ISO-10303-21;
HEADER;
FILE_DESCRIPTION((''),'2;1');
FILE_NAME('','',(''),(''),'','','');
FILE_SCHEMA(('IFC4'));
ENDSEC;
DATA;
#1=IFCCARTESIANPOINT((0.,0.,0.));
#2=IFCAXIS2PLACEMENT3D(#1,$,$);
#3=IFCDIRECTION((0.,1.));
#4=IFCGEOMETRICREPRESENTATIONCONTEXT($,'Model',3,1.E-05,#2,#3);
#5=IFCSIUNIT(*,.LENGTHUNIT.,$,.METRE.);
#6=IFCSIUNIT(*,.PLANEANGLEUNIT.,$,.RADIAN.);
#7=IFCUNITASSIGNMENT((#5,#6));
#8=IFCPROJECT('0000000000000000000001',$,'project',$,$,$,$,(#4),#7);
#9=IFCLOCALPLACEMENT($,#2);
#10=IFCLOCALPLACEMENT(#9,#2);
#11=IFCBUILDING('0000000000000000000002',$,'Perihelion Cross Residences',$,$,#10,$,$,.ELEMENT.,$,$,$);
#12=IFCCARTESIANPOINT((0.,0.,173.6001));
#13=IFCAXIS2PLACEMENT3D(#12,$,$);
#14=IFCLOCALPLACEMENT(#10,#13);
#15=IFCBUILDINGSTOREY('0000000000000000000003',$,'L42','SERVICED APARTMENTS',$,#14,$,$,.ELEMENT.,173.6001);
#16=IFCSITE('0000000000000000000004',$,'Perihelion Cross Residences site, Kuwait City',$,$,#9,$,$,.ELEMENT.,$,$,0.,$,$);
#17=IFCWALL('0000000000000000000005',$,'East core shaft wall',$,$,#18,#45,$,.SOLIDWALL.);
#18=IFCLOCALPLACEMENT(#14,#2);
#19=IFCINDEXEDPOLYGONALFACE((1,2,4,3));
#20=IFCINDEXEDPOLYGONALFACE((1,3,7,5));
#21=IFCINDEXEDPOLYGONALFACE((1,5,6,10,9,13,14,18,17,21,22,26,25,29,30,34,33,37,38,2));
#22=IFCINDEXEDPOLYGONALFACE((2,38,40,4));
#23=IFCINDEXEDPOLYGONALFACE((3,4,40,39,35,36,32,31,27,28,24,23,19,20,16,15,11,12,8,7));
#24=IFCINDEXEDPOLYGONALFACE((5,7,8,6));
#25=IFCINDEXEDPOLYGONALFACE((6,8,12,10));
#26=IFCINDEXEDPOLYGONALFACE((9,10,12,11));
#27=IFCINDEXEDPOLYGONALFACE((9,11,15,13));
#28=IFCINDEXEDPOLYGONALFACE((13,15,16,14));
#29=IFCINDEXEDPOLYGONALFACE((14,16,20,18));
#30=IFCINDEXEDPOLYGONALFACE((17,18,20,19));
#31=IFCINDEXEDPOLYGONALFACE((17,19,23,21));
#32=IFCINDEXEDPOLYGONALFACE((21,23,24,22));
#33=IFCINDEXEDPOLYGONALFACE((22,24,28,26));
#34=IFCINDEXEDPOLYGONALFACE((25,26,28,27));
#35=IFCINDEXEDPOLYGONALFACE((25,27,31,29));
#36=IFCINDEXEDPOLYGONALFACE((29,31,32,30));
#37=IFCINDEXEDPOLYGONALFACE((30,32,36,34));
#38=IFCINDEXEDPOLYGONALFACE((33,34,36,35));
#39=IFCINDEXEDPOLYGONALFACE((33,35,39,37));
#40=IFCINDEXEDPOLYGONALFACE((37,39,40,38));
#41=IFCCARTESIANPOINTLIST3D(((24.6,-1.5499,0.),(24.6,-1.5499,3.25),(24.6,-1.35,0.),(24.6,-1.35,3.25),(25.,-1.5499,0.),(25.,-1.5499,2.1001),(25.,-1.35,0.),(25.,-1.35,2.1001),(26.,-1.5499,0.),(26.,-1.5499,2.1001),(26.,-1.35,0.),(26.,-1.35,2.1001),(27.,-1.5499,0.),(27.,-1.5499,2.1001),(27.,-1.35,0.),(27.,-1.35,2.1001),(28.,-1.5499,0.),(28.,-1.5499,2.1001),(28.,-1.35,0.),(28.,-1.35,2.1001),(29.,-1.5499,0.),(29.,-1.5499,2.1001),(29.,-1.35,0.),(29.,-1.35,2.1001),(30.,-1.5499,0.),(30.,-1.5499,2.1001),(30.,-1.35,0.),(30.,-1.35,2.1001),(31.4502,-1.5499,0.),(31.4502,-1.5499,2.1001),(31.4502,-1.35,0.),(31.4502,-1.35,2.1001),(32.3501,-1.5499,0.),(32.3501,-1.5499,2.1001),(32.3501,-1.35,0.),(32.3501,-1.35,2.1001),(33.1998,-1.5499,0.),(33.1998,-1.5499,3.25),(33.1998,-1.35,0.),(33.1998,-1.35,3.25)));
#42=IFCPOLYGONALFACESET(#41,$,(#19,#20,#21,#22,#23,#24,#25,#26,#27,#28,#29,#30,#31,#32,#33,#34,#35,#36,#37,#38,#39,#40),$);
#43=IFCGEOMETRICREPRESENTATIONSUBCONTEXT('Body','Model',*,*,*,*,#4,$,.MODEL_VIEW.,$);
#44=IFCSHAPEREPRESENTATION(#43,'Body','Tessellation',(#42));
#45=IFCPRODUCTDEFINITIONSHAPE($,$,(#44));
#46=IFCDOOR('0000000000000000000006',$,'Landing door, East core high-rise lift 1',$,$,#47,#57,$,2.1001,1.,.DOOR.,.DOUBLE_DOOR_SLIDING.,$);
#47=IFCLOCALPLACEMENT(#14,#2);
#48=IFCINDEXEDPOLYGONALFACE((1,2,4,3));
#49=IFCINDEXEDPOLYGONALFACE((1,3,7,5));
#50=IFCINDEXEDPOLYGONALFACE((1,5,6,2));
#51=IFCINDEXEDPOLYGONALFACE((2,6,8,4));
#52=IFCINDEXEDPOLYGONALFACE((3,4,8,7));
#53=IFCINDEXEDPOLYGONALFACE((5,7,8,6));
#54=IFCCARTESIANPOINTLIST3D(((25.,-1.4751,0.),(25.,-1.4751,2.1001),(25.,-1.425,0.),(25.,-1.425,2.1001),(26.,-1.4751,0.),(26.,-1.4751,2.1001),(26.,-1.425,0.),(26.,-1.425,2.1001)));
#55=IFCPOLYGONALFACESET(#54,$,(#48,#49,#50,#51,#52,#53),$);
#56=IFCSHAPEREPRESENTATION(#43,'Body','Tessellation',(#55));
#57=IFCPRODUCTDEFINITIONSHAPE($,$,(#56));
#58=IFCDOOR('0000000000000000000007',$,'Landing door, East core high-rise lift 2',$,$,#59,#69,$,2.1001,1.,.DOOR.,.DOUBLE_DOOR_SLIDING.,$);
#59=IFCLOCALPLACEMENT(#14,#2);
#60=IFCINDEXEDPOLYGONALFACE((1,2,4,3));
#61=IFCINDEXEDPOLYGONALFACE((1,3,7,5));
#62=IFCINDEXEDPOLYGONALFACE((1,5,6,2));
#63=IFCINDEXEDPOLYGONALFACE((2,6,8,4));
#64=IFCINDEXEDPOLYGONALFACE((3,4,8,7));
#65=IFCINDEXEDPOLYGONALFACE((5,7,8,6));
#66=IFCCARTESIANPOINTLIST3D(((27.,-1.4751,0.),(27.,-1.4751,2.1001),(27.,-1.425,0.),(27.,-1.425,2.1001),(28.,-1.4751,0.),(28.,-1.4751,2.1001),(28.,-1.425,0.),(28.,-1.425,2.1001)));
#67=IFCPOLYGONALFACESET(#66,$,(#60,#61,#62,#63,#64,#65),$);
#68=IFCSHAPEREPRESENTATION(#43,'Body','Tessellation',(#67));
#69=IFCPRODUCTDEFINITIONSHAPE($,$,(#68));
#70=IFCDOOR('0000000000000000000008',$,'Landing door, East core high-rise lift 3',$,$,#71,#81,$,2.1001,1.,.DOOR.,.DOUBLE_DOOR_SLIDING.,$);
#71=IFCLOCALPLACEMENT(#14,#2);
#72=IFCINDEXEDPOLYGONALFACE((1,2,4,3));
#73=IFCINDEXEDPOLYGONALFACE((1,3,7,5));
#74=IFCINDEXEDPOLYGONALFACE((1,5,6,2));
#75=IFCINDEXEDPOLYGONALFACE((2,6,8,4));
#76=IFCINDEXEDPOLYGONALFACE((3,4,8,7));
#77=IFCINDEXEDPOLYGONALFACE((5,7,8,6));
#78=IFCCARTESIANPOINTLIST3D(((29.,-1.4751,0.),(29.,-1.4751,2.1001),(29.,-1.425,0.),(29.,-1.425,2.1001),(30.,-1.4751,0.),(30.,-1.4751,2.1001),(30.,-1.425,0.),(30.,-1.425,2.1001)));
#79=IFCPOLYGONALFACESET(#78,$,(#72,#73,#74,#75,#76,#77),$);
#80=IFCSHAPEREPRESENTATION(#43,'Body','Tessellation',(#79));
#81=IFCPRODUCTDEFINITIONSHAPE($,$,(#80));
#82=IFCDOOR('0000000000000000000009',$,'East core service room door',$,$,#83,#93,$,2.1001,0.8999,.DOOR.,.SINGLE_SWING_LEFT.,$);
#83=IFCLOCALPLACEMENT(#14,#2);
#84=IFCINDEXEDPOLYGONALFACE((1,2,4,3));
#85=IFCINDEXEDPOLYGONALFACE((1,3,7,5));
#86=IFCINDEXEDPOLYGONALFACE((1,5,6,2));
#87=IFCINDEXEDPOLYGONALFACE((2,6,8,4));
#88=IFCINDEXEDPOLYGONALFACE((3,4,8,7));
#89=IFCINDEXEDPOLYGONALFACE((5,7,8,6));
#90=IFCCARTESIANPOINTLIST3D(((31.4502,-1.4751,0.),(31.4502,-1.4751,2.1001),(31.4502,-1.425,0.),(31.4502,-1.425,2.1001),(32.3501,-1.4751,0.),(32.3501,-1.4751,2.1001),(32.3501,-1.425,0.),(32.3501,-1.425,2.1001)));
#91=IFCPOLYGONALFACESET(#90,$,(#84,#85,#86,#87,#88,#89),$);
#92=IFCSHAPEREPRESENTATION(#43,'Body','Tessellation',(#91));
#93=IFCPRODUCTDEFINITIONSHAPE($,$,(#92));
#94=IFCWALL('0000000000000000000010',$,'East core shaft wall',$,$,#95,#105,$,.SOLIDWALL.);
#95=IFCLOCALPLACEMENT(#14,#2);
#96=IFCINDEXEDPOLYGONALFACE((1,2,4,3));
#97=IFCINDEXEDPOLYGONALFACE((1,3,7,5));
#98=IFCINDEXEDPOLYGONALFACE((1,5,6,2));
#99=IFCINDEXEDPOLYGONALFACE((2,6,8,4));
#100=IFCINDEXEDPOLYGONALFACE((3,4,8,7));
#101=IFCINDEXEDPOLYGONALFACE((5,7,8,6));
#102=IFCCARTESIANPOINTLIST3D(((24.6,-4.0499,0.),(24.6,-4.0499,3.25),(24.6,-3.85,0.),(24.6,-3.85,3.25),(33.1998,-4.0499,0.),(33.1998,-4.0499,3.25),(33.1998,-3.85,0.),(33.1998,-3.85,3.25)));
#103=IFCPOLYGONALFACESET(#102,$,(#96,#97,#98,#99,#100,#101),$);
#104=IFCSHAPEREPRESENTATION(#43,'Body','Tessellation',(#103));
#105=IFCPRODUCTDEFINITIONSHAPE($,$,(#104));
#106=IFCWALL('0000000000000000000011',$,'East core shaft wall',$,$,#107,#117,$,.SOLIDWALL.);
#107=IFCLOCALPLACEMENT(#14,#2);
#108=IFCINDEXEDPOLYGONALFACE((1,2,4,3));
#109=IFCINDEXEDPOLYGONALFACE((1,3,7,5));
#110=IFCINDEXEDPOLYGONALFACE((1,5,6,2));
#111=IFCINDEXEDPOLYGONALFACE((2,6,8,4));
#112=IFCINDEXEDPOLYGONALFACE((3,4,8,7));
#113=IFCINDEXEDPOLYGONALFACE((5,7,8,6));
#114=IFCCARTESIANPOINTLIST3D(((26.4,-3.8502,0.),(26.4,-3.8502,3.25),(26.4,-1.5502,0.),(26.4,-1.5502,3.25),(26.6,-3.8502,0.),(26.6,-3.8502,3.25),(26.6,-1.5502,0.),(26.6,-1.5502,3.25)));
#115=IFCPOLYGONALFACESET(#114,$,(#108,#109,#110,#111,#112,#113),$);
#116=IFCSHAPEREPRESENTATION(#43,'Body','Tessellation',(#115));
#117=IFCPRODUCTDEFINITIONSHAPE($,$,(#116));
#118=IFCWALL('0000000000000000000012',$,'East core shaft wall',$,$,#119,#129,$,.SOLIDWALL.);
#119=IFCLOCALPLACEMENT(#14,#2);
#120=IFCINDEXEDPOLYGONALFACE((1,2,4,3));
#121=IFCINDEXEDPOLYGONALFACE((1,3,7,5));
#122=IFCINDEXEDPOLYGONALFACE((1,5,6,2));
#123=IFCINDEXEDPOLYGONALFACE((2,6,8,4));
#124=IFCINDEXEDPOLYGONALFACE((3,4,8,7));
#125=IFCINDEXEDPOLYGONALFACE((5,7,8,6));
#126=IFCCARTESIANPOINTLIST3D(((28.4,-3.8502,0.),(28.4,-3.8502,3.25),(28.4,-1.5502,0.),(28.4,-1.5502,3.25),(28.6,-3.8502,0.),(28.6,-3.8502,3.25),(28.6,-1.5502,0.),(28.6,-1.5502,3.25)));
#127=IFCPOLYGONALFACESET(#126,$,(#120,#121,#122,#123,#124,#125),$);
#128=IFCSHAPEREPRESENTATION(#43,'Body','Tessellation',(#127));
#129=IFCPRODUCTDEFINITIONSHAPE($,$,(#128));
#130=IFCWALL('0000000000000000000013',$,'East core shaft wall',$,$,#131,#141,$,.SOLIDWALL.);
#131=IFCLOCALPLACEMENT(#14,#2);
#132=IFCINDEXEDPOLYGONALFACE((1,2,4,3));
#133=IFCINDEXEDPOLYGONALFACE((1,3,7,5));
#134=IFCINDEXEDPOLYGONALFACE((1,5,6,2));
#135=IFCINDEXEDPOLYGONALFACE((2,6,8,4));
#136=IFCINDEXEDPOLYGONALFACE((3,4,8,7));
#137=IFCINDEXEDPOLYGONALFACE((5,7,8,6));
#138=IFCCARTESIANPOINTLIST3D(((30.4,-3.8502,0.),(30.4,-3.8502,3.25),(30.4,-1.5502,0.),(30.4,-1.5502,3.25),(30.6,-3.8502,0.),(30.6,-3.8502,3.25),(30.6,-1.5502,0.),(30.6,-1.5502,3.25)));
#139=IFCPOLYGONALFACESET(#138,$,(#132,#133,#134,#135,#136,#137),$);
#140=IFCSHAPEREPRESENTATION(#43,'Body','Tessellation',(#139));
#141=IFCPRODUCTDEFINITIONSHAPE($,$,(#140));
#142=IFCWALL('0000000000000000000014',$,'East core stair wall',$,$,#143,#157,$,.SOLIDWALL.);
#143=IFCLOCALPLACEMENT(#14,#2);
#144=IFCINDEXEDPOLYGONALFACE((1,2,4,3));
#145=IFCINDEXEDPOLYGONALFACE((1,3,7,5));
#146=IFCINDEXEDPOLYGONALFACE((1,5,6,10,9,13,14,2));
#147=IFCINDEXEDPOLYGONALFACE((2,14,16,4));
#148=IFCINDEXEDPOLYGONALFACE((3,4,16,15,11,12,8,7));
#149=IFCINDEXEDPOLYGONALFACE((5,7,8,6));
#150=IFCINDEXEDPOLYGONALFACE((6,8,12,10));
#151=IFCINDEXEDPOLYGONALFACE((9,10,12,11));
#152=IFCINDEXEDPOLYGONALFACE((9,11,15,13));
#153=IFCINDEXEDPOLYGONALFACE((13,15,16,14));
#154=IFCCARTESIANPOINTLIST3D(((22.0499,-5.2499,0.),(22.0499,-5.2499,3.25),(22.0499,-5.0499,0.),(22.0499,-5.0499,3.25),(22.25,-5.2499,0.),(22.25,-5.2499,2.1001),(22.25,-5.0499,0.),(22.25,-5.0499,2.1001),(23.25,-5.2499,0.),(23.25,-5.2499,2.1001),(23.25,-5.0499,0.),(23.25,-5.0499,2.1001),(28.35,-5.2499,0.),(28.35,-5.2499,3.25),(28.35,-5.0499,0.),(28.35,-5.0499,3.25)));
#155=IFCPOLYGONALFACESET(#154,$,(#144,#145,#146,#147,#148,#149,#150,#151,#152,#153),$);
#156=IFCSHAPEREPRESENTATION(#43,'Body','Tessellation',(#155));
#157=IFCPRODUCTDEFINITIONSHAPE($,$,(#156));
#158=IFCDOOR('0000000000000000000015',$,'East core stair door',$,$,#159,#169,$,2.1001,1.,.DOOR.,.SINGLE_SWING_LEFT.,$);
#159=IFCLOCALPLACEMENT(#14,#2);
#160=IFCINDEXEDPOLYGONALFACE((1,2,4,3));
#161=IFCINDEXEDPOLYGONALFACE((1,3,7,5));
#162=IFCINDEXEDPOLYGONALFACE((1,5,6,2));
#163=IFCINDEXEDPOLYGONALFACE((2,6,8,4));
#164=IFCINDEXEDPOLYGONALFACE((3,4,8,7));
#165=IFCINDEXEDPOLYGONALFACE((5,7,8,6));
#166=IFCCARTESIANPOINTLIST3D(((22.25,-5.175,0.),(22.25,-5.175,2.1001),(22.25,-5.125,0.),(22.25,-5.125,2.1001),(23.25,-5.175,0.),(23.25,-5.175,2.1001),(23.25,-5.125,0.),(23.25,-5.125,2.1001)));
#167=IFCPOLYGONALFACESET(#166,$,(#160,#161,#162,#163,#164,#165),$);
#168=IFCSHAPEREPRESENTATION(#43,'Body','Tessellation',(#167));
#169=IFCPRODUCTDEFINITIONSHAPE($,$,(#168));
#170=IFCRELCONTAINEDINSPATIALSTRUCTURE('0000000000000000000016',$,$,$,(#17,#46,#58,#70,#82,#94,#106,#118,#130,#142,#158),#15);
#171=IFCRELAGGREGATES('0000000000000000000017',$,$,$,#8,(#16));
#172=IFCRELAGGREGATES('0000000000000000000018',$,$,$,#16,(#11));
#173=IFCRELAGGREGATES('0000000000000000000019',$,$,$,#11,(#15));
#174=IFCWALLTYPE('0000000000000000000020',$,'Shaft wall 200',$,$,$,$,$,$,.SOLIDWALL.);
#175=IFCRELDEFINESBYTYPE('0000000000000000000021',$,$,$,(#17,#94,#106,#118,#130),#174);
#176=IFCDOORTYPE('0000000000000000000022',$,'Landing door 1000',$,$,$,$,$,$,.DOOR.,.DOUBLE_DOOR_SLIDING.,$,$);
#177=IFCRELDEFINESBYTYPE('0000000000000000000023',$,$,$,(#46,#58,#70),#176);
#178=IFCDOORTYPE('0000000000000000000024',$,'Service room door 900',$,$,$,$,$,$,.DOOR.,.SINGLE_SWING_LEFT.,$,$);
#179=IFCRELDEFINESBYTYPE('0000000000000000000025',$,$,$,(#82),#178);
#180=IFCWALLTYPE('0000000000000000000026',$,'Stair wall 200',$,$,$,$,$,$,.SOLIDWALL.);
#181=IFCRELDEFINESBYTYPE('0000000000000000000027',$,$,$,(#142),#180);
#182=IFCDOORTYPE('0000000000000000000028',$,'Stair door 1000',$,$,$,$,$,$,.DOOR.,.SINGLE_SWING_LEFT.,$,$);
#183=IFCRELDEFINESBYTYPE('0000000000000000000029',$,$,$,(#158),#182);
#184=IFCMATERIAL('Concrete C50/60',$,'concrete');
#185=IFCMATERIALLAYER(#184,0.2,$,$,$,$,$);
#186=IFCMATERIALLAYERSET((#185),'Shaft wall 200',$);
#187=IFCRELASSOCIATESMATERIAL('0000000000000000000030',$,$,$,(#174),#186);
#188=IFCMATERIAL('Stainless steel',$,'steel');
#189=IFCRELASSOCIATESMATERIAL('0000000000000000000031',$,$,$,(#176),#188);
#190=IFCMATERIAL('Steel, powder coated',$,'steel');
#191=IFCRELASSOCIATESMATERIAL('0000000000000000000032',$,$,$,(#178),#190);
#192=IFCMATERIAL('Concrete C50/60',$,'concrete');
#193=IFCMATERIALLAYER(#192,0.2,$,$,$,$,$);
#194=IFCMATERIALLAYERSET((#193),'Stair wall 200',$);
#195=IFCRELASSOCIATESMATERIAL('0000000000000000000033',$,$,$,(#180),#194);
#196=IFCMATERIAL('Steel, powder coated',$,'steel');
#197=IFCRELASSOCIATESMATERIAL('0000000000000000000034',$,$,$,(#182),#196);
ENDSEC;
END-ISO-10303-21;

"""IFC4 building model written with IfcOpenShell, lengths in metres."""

from ifc_helpers import new_model, si_unit, direction, frame, frame_2d, origin, place, context, subcontext, project, spatial, rectangle, extrude, material, layer, layer_set, type_object, element, fill, save


model = new_model("IFC4")

# Units and contexts
model_context = context("Model", 3, precision=1e-05, world=origin(), true_north=direction((0.0, 1.0)))
body_context = subcontext(model_context, "Body", "Model", "MODEL_VIEW")
ifc_project = project(units=[si_unit("LENGTHUNIT", "METRE"), si_unit("PLANEANGLEUNIT", "RADIAN")], contexts=[model_context])

# Site, building, storey
site_placement = place(None, origin())
site = spatial("IfcSite", under=ifc_project, at=site_placement, Name="Perihelion Cross Residences site, Kuwait City", CompositionType="ELEMENT", RefElevation=0.0)
building_placement = place(site_placement, origin())
building = spatial("IfcBuilding", under=site, at=building_placement, Name="Perihelion Cross Residences", CompositionType="ELEMENT")
storey_placement = place(building_placement, frame((0.0, 0.0, 173.6001)))
storey = spatial("IfcBuildingStorey", under=building, at=storey_placement, Name="L42", Description="SERVICED APARTMENTS", CompositionType="ELEMENT", Elevation=173.6001)

# Wall, openings, doors
ifc_material_1 = material(Name="Concrete C50/60", Category="concrete")
ifc_layer_1 = layer(ifc_material_1, 0.2)
ifc_layer_set_1 = layer_set([ifc_layer_1], Name="Shaft wall 200")
wall_type_1 = type_object("IfcWallType", Name="Shaft wall 200", PredefinedType="SOLIDWALL", material=ifc_layer_set_1)
wall_1_placement = place(storey_placement, frame((24.6001, -1.45, 0.0), z_axis=(0.0, 0.0, 1.0), x_axis=(1.0, 0.0, 0.0)))
wall_1 = element("IfcWall", 1, at=wall_1_placement, inside=storey, type_object=wall_type_1, Name="East core shaft wall", PredefinedType="SOLIDWALL", context=body_context, shape_type="SweptSolid", body=[
    extrude(rectangle(XDim=8.5999, YDim=0.2, at=frame_2d((4.2998, 0.0))), origin(), (0.0, 0.0, 1.0), 3.25),
])
opening_1_placement = place(wall_1_placement, frame((0.3999, 0.0, 0.0)))
opening_1 = element("IfcOpeningElement", 2, at=opening_1_placement, cuts=wall_1, PredefinedType="OPENING", context=body_context, shape_type="SweptSolid", body=[
    extrude(rectangle(XDim=1.0, YDim=2.1001, at=frame_2d((0.5, 1.05))), frame((0.0, 0.1099, 0.0), z_axis=(0.0, -1.0, 0.0), x_axis=(1.0, 0.0, 0.0)), (0.0, 0.0, 1.0), 0.22),
])
opening_2_placement = place(wall_1_placement, frame((2.3999, 0.0, 0.0)))
opening_2 = element("IfcOpeningElement", 3, at=opening_2_placement, cuts=wall_1, PredefinedType="OPENING", context=body_context, shape_type="SweptSolid", body=[
    extrude(rectangle(XDim=1.0, YDim=2.1001, at=frame_2d((0.5, 1.05))), frame((0.0, 0.1099, 0.0), z_axis=(0.0, -1.0, 0.0), x_axis=(1.0, 0.0, 0.0)), (0.0, 0.0, 1.0), 0.22),
])
opening_3_placement = place(wall_1_placement, frame((4.3999, 0.0, 0.0)))
opening_3 = element("IfcOpeningElement", 4, at=opening_3_placement, cuts=wall_1, PredefinedType="OPENING", context=body_context, shape_type="SweptSolid", body=[
    extrude(rectangle(XDim=1.0, YDim=2.1001, at=frame_2d((0.5, 1.05))), frame((0.0, 0.1099, 0.0), z_axis=(0.0, -1.0, 0.0), x_axis=(1.0, 0.0, 0.0)), (0.0, 0.0, 1.0), 0.22),
])
opening_4_placement = place(wall_1_placement, frame((6.8501, 0.0, 0.0)))
opening_4 = element("IfcOpeningElement", 5, at=opening_4_placement, cuts=wall_1, PredefinedType="OPENING", context=body_context, shape_type="SweptSolid", body=[
    extrude(rectangle(XDim=0.8999, YDim=2.1001, at=frame_2d((0.45, 1.05))), frame((0.0, 0.1099, 0.0), z_axis=(0.0, -1.0, 0.0), x_axis=(1.0, 0.0, 0.0)), (0.0, 0.0, 1.0), 0.22),
])
ifc_material_2 = material(Name="Stainless steel", Category="steel")
door_type_1 = type_object("IfcDoorType", Name="Landing door 1000", OperationType="DOUBLE_DOOR_SLIDING", PredefinedType="DOOR", material=ifc_material_2)
door_1_placement = place(opening_1_placement, origin())
door_1 = element("IfcDoor", 6, at=door_1_placement, inside=storey, type_object=door_type_1, Name="Landing door, East core high-rise lift 1", OperationType="DOUBLE_DOOR_SLIDING", OverallHeight=2.1001, OverallWidth=1.0, PredefinedType="DOOR", context=body_context, shape_type="SweptSolid", body=[
    extrude(rectangle(XDim=1.0, YDim=2.1001, at=frame_2d((0.5, 1.05))), frame((0.0, 0.0249, 0.0), z_axis=(0.0, -1.0, 0.0), x_axis=(1.0, 0.0, 0.0)), (0.0, 0.0, 1.0), 0.05),
])
fill(opening_1, door_1)
door_2_placement = place(opening_2_placement, origin())
door_2 = element("IfcDoor", 7, at=door_2_placement, inside=storey, type_object=door_type_1, Name="Landing door, East core high-rise lift 2", OperationType="DOUBLE_DOOR_SLIDING", OverallHeight=2.1001, OverallWidth=1.0, PredefinedType="DOOR", context=body_context, shape_type="SweptSolid", body=[
    extrude(rectangle(XDim=1.0, YDim=2.1001, at=frame_2d((0.5, 1.05))), frame((0.0, 0.0249, 0.0), z_axis=(0.0, -1.0, 0.0), x_axis=(1.0, 0.0, 0.0)), (0.0, 0.0, 1.0), 0.05),
])
fill(opening_2, door_2)
door_3_placement = place(opening_3_placement, origin())
door_3 = element("IfcDoor", 8, at=door_3_placement, inside=storey, type_object=door_type_1, Name="Landing door, East core high-rise lift 3", OperationType="DOUBLE_DOOR_SLIDING", OverallHeight=2.1001, OverallWidth=1.0, PredefinedType="DOOR", context=body_context, shape_type="SweptSolid", body=[
    extrude(rectangle(XDim=1.0, YDim=2.1001, at=frame_2d((0.5, 1.05))), frame((0.0, 0.0249, 0.0), z_axis=(0.0, -1.0, 0.0), x_axis=(1.0, 0.0, 0.0)), (0.0, 0.0, 1.0), 0.05),
])
fill(opening_3, door_3)
ifc_material_3 = material(Name="Steel, powder coated", Category="steel")
door_type_2 = type_object("IfcDoorType", Name="Service room door 900", OperationType="SINGLE_SWING_LEFT", PredefinedType="DOOR", material=ifc_material_3)
door_4_placement = place(opening_4_placement, origin())
door_4 = element("IfcDoor", 9, at=door_4_placement, inside=storey, type_object=door_type_2, Name="East core service room door", OperationType="SINGLE_SWING_LEFT", OverallHeight=2.1001, OverallWidth=0.8999, PredefinedType="DOOR", context=body_context, shape_type="SweptSolid", body=[
    extrude(rectangle(XDim=0.8999, YDim=2.1001, at=frame_2d((0.45, 1.05))), frame((0.0, 0.0249, 0.0), z_axis=(0.0, -1.0, 0.0), x_axis=(1.0, 0.0, 0.0)), (0.0, 0.0, 1.0), 0.05),
])
fill(opening_4, door_4)

# Walls
wall_2_placement = place(storey_placement, frame((24.6001, -3.95, 0.0), z_axis=(0.0, 0.0, 1.0), x_axis=(1.0, 0.0, 0.0)))
element("IfcWall", 10, at=wall_2_placement, inside=storey, type_object=wall_type_1, Name="East core shaft wall", PredefinedType="SOLIDWALL", context=body_context, shape_type="SweptSolid", body=[
    extrude(rectangle(XDim=8.5999, YDim=0.2, at=frame_2d((4.2998, 0.0))), origin(), (0.0, 0.0, 1.0), 3.25),
])
for number, where, z_axis, x_axis, name in (
    (11, (26.5, -3.8501, 0.0), (0.0, 0.0, 1.0), (0.0, 1.0, 0.0), "East core shaft wall"),
    (12, (28.5, -3.8501, 0.0), (0.0, 0.0, 1.0), (0.0, 1.0, 0.0), "East core shaft wall"),
    (13, (30.5, -3.8501, 0.0), (0.0, 0.0, 1.0), (0.0, 1.0, 0.0), "East core shaft wall"),
):
    element("IfcWall", number, at=place(storey_placement, frame(where, z_axis=z_axis, x_axis=x_axis)), inside=storey, type_object=wall_type_1, Name=name, PredefinedType="SOLIDWALL", context=body_context, shape_type="SweptSolid", body=[
        extrude(rectangle(XDim=2.3, YDim=0.2, at=frame_2d((1.1499, 0.0))), origin(), (0.0, 0.0, 1.0), 3.25),
    ])

# Wall, opening, door
ifc_material_4 = material(Name="Concrete C50/60", Category="concrete")
ifc_layer_2 = layer(ifc_material_4, 0.2)
ifc_layer_set_2 = layer_set([ifc_layer_2], Name="Stair wall 200")
wall_type_2 = type_object("IfcWallType", Name="Stair wall 200", PredefinedType="SOLIDWALL", material=ifc_layer_set_2)
wall_3_placement = place(storey_placement, frame((22.05, -5.1499, 0.0), z_axis=(0.0, 0.0, 1.0), x_axis=(1.0, 0.0, 0.0)))
wall_3 = element("IfcWall", 14, at=wall_3_placement, inside=storey, type_object=wall_type_2, Name="East core stair wall", PredefinedType="SOLIDWALL", context=body_context, shape_type="SweptSolid", body=[
    extrude(rectangle(XDim=6.3, YDim=0.2, at=frame_2d((3.1499, 0.0))), origin(), (0.0, 0.0, 1.0), 3.25),
])
opening_5_placement = place(wall_3_placement, frame((0.2, 0.0, 0.0)))
opening_5 = element("IfcOpeningElement", 15, at=opening_5_placement, cuts=wall_3, PredefinedType="OPENING", context=body_context, shape_type="SweptSolid", body=[
    extrude(rectangle(XDim=1.0, YDim=2.1001, at=frame_2d((0.5, 1.05))), frame((0.0, 0.1099, 0.0), z_axis=(0.0, -1.0, 0.0), x_axis=(1.0, 0.0, 0.0)), (0.0, 0.0, 1.0), 0.22),
])
ifc_material_5 = material(Name="Steel, powder coated", Category="steel")
door_type_3 = type_object("IfcDoorType", Name="Stair door 1000", OperationType="SINGLE_SWING_LEFT", PredefinedType="DOOR", material=ifc_material_5)
door_5_placement = place(opening_5_placement, origin())
door_5 = element("IfcDoor", 16, at=door_5_placement, inside=storey, type_object=door_type_3, Name="East core stair door", OperationType="SINGLE_SWING_LEFT", OverallHeight=2.1001, OverallWidth=1.0, PredefinedType="DOOR", context=body_context, shape_type="SweptSolid", body=[
    extrude(rectangle(XDim=1.0, YDim=2.1001, at=frame_2d((0.5, 1.05))), frame((0.0, 0.0249, 0.0), z_axis=(0.0, -1.0, 0.0), x_axis=(1.0, 0.0, 0.0)), (0.0, 0.0, 1.0), 0.05),
])
fill(opening_5, door_5)

save(model, "model.ifc")
